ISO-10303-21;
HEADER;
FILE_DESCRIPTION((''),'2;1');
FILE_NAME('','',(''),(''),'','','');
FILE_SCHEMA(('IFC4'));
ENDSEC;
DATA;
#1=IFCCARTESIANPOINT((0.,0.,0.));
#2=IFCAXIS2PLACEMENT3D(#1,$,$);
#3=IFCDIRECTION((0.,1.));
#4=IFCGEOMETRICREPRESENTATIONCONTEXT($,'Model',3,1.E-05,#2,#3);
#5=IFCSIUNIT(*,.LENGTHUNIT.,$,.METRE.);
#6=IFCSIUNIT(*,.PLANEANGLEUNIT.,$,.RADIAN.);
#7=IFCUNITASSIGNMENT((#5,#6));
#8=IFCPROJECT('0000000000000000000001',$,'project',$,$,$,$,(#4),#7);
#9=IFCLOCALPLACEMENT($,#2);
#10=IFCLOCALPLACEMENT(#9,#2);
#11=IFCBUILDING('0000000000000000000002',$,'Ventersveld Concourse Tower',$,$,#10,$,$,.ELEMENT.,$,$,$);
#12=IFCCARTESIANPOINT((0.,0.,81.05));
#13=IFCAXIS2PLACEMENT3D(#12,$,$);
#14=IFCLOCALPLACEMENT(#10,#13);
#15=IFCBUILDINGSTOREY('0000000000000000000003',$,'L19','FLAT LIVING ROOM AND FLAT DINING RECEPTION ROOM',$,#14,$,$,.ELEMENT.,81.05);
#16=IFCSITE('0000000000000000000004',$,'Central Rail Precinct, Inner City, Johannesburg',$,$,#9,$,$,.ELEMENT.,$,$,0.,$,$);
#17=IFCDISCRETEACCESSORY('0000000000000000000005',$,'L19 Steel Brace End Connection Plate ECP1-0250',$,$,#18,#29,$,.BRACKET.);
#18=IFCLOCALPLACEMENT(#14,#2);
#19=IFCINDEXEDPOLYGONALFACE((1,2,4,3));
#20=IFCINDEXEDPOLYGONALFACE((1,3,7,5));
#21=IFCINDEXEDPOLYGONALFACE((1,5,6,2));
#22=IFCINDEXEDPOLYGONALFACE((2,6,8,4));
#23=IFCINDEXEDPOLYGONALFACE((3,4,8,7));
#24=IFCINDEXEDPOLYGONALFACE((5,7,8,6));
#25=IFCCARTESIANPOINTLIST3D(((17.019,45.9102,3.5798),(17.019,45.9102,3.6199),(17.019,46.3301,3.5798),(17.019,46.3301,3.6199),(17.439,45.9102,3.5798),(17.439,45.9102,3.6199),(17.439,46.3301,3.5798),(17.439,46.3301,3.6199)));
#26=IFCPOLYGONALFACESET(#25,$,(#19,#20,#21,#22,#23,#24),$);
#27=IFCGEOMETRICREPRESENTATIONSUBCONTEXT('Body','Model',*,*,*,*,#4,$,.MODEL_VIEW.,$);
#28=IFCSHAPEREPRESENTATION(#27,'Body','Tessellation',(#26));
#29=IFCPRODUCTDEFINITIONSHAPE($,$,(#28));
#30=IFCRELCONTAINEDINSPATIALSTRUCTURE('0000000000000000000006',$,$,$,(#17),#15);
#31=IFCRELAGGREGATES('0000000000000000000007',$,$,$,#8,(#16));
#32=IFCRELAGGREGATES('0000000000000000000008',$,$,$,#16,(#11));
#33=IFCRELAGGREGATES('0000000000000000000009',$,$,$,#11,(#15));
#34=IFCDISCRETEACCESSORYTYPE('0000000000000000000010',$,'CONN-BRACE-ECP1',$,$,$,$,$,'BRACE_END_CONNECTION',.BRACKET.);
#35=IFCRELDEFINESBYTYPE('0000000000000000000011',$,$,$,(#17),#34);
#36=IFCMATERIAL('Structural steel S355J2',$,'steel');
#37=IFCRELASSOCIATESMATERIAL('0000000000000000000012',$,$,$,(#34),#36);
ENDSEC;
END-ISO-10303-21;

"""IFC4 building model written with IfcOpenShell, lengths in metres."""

from ifc_helpers import new_model, si_unit, direction, frame, origin, origin_2d, place, context, subcontext, project, spatial, rectangle, extrude, material, type_object, element, save


model = new_model("IFC4")

# Units and contexts
model_context = context("Model", 3, precision=1e-05, world=origin(), true_north=direction((0.0, 1.0)))
body_context = subcontext(model_context, "Body", "Model", "MODEL_VIEW")
ifc_project = project(units=[si_unit("LENGTHUNIT", "METRE"), si_unit("PLANEANGLEUNIT", "RADIAN")], contexts=[model_context])

# Site, building, storey
site_placement = place(None, origin())
site = spatial("IfcSite", under=ifc_project, at=site_placement, Name="Central Rail Precinct, Inner City, Johannesburg", CompositionType="ELEMENT", RefElevation=0.0)
building_placement = place(site_placement, origin())
building = spatial("IfcBuilding", under=site, at=building_placement, Name="Ventersveld Concourse Tower", CompositionType="ELEMENT")
storey_placement = place(building_placement, frame((0.0, 0.0, 81.05)))
storey = spatial("IfcBuildingStorey", under=building, at=storey_placement, Name="L19", Description="FLAT LIVING ROOM AND FLAT DINING RECEPTION ROOM", CompositionType="ELEMENT", Elevation=81.05)

# Shared definitions
ifc_material_1 = material(Name="Structural steel S355J2", Category="steel")

# Discrete accessory
discrete_accessory_type = type_object("IfcDiscreteAccessoryType", Name="CONN-BRACE-ECP1", ElementType="BRACE_END_CONNECTION", PredefinedType="BRACKET", material=ifc_material_1)
discrete_accessory_placement = place(storey_placement, frame((17.229, 46.1201, 3.5798), z_axis=(0.0, 0.0, 1.0), x_axis=(1.0, 0.0, 0.0)))
element("IfcDiscreteAccessory", 1, at=discrete_accessory_placement, inside=storey, type_object=discrete_accessory_type, Name="L19 Steel Brace End Connection Plate ECP1-0250", PredefinedType="BRACKET", context=body_context, shape_type="SweptSolid", body=[
    extrude(rectangle(XDim=0.4199, YDim=0.4199, at=origin_2d()), origin(), (0.0, 0.0, 1.0), 0.04),
])

save(model, "model.ifc")
